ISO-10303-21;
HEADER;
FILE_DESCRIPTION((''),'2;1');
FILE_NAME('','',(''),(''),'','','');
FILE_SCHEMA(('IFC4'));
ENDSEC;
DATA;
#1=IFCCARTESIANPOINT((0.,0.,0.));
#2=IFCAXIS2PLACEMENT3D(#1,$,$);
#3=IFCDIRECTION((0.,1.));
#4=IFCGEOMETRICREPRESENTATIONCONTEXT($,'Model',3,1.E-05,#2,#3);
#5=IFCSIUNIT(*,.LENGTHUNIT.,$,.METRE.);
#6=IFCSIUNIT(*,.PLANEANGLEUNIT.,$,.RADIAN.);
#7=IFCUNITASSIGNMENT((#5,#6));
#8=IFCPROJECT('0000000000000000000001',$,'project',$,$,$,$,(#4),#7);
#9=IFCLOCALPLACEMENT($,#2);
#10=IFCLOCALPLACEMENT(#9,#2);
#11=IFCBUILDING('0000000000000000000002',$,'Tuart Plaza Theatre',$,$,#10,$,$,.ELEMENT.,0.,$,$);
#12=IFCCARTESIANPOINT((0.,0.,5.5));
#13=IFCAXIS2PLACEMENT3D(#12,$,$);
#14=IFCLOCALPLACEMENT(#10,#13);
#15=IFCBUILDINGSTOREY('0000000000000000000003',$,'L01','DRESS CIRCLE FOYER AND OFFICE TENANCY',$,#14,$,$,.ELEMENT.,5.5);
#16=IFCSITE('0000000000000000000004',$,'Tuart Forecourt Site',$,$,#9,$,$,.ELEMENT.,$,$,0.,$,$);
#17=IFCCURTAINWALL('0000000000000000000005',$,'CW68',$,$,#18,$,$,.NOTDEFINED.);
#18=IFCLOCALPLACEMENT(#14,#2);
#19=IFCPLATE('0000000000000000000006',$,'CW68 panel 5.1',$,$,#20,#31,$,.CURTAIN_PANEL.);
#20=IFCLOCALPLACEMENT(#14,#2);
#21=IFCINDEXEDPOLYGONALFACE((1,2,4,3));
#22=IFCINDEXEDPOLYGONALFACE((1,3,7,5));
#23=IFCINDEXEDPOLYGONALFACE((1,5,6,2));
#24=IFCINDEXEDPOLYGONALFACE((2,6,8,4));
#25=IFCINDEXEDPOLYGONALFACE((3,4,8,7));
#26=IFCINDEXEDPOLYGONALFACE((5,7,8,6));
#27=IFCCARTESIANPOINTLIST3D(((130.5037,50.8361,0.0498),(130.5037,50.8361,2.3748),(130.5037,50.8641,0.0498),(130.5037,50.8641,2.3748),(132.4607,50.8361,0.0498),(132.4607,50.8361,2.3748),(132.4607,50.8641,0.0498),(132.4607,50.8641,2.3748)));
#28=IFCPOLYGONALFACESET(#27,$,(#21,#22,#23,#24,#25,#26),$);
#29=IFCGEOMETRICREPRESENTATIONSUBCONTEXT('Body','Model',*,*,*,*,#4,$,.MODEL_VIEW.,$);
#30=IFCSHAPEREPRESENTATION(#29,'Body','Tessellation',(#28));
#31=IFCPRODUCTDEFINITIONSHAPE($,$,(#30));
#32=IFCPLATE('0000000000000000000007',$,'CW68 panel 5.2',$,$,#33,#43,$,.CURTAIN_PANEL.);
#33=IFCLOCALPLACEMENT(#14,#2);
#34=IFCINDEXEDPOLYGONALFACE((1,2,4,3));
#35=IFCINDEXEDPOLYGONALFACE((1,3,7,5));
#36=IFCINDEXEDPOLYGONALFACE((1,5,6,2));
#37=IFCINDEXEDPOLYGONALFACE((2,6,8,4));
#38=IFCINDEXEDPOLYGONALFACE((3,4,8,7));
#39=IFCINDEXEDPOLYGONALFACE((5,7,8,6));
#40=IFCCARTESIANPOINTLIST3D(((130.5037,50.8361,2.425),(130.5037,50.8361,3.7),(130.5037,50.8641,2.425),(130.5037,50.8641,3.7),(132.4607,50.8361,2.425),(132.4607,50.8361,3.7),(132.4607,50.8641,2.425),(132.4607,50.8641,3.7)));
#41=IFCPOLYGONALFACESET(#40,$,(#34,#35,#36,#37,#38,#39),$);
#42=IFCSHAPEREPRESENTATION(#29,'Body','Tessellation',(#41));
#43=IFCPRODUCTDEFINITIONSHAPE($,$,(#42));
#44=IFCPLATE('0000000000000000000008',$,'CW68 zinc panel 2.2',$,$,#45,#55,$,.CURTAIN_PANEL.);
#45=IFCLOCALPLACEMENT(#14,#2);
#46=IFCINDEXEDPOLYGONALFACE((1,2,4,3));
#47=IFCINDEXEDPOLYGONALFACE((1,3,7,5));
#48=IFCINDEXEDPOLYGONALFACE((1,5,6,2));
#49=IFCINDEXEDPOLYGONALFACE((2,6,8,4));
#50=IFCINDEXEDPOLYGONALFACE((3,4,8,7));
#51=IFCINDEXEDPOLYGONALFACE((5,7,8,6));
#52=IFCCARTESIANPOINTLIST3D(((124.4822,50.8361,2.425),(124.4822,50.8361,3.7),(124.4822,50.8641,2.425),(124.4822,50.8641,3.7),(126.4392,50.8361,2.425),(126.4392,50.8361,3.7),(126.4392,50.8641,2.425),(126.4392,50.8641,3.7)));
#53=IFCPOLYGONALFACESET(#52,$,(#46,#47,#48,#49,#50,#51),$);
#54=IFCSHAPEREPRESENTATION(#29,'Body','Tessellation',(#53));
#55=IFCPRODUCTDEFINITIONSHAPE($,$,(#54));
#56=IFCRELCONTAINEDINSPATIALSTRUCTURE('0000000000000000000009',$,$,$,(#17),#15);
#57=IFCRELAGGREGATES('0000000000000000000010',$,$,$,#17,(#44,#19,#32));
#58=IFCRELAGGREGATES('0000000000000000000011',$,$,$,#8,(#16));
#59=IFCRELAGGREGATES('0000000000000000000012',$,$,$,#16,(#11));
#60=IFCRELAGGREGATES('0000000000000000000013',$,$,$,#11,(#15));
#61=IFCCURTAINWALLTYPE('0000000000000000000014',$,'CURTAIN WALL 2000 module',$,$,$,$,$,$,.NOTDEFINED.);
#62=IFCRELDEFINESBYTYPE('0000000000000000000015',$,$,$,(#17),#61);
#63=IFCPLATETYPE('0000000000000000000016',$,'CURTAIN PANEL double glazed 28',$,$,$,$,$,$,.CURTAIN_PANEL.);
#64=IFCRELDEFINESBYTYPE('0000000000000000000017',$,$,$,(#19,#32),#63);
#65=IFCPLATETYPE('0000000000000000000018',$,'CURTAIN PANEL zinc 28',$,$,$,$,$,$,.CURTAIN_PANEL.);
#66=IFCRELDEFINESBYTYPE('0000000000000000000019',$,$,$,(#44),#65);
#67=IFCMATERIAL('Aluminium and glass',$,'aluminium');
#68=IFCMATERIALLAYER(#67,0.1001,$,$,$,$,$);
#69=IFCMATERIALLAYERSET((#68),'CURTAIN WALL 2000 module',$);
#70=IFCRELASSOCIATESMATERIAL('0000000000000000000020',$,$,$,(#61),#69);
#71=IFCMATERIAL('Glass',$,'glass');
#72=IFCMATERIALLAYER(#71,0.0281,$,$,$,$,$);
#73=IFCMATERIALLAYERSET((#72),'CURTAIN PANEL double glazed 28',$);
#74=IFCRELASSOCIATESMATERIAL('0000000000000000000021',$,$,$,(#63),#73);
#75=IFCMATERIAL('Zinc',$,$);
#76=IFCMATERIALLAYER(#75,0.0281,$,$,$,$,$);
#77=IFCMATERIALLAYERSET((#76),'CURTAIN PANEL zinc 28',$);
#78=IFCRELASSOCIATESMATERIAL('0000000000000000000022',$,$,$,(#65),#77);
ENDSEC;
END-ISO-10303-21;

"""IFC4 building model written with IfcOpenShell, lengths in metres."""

from ifc_helpers import new_model, si_unit, direction, frame, origin, origin_2d, place, context, subcontext, project, spatial, rectangle, extrude, material, layer, layer_set, type_object, element, aggregate, save


model = new_model("IFC4")

# Units and contexts
model_context = context("Model", 3, precision=1e-05, world=origin(), true_north=direction((0.0, 1.0)))
body_context = subcontext(model_context, "Body", "Model", "MODEL_VIEW")
ifc_project = project(units=[si_unit("LENGTHUNIT", "METRE"), si_unit("PLANEANGLEUNIT", "RADIAN")], contexts=[model_context])

# Site, building, storey
site_placement = place(None, origin())
site = spatial("IfcSite", under=ifc_project, at=site_placement, Name="Tuart Forecourt Site", CompositionType="ELEMENT", RefElevation=0.0)
building_placement = place(site_placement, origin())
building = spatial("IfcBuilding", under=site, at=building_placement, Name="Tuart Plaza Theatre", CompositionType="ELEMENT", ElevationOfRefHeight=0.0)
storey_placement = place(building_placement, frame((0.0, 0.0, 5.5)))
storey = spatial("IfcBuildingStorey", under=building, at=storey_placement, Name="L01", Description="DRESS CIRCLE FOYER AND OFFICE TENANCY", CompositionType="ELEMENT", Elevation=5.5)

# Curtain wall, plates
ifc_material_1 = material(Name="Aluminium and glass", Category="aluminium")
ifc_layer_1 = layer(ifc_material_1, 0.1001)
ifc_layer_set_1 = layer_set([ifc_layer_1], Name="CURTAIN WALL 2000 module")
curtain_wall_type = type_object("IfcCurtainWallType", Name="CURTAIN WALL 2000 module", PredefinedType="NOTDEFINED", material=ifc_layer_set_1)
curtain_wall_placement = place(storey_placement, origin())
curtain_wall = element("IfcCurtainWall", 1, at=curtain_wall_placement, inside=storey, type_object=curtain_wall_type, Name="CW68", PredefinedType="NOTDEFINED")
ifc_material_2 = material(Name="Glass", Category="glass")
ifc_layer_2 = layer(ifc_material_2, 0.0281)
ifc_layer_set_2 = layer_set([ifc_layer_2], Name="CURTAIN PANEL double glazed 28")
plate_type_1 = type_object("IfcPlateType", Name="CURTAIN PANEL double glazed 28", PredefinedType="CURTAIN_PANEL", material=ifc_layer_set_2)
plate_1_placement = place(storey_placement, frame((131.4822, 50.8501, 0.0498), z_axis=(0.0, 0.0, 1.0), x_axis=(1.0, 0.0, 0.0)))
plate_1 = element("IfcPlate", 2, at=plate_1_placement, type_object=plate_type_1, Name="CW68 panel 5.1", PredefinedType="CURTAIN_PANEL", context=body_context, shape_type="SweptSolid", body=[
    extrude(rectangle(XDim=1.957, YDim=0.0281, at=origin_2d()), origin(), (0.0, 0.0, 1.0), 2.325),
])
plate_2_placement = place(storey_placement, frame((131.4822, 50.8501, 2.425), z_axis=(0.0, 0.0, 1.0), x_axis=(1.0, 0.0, 0.0)))
plate_2 = element("IfcPlate", 3, at=plate_2_placement, type_object=plate_type_1, Name="CW68 panel 5.2", PredefinedType="CURTAIN_PANEL", context=body_context, shape_type="SweptSolid", body=[
    extrude(rectangle(XDim=1.957, YDim=0.0281, at=origin_2d()), origin(), (0.0, 0.0, 1.0), 1.2749),
])
ifc_material_3 = material(Name="Zinc")
ifc_layer_3 = layer(ifc_material_3, 0.0281)
ifc_layer_set_3 = layer_set([ifc_layer_3], Name="CURTAIN PANEL zinc 28")
plate_type_2 = type_object("IfcPlateType", Name="CURTAIN PANEL zinc 28", PredefinedType="CURTAIN_PANEL", material=ifc_layer_set_3)
plate_3_placement = place(storey_placement, frame((125.4607, 50.8501, 2.425), z_axis=(0.0, 0.0, 1.0), x_axis=(1.0, 0.0, 0.0)))
plate_3 = element("IfcPlate", 4, at=plate_3_placement, type_object=plate_type_2, Name="CW68 zinc panel 2.2", PredefinedType="CURTAIN_PANEL", context=body_context, shape_type="SweptSolid", body=[
    extrude(rectangle(XDim=1.957, YDim=0.0281, at=origin_2d()), origin(), (0.0, 0.0, 1.0), 1.2749),
])
aggregate(curtain_wall, [plate_3, plate_1, plate_2])

save(model, "model.ifc")
